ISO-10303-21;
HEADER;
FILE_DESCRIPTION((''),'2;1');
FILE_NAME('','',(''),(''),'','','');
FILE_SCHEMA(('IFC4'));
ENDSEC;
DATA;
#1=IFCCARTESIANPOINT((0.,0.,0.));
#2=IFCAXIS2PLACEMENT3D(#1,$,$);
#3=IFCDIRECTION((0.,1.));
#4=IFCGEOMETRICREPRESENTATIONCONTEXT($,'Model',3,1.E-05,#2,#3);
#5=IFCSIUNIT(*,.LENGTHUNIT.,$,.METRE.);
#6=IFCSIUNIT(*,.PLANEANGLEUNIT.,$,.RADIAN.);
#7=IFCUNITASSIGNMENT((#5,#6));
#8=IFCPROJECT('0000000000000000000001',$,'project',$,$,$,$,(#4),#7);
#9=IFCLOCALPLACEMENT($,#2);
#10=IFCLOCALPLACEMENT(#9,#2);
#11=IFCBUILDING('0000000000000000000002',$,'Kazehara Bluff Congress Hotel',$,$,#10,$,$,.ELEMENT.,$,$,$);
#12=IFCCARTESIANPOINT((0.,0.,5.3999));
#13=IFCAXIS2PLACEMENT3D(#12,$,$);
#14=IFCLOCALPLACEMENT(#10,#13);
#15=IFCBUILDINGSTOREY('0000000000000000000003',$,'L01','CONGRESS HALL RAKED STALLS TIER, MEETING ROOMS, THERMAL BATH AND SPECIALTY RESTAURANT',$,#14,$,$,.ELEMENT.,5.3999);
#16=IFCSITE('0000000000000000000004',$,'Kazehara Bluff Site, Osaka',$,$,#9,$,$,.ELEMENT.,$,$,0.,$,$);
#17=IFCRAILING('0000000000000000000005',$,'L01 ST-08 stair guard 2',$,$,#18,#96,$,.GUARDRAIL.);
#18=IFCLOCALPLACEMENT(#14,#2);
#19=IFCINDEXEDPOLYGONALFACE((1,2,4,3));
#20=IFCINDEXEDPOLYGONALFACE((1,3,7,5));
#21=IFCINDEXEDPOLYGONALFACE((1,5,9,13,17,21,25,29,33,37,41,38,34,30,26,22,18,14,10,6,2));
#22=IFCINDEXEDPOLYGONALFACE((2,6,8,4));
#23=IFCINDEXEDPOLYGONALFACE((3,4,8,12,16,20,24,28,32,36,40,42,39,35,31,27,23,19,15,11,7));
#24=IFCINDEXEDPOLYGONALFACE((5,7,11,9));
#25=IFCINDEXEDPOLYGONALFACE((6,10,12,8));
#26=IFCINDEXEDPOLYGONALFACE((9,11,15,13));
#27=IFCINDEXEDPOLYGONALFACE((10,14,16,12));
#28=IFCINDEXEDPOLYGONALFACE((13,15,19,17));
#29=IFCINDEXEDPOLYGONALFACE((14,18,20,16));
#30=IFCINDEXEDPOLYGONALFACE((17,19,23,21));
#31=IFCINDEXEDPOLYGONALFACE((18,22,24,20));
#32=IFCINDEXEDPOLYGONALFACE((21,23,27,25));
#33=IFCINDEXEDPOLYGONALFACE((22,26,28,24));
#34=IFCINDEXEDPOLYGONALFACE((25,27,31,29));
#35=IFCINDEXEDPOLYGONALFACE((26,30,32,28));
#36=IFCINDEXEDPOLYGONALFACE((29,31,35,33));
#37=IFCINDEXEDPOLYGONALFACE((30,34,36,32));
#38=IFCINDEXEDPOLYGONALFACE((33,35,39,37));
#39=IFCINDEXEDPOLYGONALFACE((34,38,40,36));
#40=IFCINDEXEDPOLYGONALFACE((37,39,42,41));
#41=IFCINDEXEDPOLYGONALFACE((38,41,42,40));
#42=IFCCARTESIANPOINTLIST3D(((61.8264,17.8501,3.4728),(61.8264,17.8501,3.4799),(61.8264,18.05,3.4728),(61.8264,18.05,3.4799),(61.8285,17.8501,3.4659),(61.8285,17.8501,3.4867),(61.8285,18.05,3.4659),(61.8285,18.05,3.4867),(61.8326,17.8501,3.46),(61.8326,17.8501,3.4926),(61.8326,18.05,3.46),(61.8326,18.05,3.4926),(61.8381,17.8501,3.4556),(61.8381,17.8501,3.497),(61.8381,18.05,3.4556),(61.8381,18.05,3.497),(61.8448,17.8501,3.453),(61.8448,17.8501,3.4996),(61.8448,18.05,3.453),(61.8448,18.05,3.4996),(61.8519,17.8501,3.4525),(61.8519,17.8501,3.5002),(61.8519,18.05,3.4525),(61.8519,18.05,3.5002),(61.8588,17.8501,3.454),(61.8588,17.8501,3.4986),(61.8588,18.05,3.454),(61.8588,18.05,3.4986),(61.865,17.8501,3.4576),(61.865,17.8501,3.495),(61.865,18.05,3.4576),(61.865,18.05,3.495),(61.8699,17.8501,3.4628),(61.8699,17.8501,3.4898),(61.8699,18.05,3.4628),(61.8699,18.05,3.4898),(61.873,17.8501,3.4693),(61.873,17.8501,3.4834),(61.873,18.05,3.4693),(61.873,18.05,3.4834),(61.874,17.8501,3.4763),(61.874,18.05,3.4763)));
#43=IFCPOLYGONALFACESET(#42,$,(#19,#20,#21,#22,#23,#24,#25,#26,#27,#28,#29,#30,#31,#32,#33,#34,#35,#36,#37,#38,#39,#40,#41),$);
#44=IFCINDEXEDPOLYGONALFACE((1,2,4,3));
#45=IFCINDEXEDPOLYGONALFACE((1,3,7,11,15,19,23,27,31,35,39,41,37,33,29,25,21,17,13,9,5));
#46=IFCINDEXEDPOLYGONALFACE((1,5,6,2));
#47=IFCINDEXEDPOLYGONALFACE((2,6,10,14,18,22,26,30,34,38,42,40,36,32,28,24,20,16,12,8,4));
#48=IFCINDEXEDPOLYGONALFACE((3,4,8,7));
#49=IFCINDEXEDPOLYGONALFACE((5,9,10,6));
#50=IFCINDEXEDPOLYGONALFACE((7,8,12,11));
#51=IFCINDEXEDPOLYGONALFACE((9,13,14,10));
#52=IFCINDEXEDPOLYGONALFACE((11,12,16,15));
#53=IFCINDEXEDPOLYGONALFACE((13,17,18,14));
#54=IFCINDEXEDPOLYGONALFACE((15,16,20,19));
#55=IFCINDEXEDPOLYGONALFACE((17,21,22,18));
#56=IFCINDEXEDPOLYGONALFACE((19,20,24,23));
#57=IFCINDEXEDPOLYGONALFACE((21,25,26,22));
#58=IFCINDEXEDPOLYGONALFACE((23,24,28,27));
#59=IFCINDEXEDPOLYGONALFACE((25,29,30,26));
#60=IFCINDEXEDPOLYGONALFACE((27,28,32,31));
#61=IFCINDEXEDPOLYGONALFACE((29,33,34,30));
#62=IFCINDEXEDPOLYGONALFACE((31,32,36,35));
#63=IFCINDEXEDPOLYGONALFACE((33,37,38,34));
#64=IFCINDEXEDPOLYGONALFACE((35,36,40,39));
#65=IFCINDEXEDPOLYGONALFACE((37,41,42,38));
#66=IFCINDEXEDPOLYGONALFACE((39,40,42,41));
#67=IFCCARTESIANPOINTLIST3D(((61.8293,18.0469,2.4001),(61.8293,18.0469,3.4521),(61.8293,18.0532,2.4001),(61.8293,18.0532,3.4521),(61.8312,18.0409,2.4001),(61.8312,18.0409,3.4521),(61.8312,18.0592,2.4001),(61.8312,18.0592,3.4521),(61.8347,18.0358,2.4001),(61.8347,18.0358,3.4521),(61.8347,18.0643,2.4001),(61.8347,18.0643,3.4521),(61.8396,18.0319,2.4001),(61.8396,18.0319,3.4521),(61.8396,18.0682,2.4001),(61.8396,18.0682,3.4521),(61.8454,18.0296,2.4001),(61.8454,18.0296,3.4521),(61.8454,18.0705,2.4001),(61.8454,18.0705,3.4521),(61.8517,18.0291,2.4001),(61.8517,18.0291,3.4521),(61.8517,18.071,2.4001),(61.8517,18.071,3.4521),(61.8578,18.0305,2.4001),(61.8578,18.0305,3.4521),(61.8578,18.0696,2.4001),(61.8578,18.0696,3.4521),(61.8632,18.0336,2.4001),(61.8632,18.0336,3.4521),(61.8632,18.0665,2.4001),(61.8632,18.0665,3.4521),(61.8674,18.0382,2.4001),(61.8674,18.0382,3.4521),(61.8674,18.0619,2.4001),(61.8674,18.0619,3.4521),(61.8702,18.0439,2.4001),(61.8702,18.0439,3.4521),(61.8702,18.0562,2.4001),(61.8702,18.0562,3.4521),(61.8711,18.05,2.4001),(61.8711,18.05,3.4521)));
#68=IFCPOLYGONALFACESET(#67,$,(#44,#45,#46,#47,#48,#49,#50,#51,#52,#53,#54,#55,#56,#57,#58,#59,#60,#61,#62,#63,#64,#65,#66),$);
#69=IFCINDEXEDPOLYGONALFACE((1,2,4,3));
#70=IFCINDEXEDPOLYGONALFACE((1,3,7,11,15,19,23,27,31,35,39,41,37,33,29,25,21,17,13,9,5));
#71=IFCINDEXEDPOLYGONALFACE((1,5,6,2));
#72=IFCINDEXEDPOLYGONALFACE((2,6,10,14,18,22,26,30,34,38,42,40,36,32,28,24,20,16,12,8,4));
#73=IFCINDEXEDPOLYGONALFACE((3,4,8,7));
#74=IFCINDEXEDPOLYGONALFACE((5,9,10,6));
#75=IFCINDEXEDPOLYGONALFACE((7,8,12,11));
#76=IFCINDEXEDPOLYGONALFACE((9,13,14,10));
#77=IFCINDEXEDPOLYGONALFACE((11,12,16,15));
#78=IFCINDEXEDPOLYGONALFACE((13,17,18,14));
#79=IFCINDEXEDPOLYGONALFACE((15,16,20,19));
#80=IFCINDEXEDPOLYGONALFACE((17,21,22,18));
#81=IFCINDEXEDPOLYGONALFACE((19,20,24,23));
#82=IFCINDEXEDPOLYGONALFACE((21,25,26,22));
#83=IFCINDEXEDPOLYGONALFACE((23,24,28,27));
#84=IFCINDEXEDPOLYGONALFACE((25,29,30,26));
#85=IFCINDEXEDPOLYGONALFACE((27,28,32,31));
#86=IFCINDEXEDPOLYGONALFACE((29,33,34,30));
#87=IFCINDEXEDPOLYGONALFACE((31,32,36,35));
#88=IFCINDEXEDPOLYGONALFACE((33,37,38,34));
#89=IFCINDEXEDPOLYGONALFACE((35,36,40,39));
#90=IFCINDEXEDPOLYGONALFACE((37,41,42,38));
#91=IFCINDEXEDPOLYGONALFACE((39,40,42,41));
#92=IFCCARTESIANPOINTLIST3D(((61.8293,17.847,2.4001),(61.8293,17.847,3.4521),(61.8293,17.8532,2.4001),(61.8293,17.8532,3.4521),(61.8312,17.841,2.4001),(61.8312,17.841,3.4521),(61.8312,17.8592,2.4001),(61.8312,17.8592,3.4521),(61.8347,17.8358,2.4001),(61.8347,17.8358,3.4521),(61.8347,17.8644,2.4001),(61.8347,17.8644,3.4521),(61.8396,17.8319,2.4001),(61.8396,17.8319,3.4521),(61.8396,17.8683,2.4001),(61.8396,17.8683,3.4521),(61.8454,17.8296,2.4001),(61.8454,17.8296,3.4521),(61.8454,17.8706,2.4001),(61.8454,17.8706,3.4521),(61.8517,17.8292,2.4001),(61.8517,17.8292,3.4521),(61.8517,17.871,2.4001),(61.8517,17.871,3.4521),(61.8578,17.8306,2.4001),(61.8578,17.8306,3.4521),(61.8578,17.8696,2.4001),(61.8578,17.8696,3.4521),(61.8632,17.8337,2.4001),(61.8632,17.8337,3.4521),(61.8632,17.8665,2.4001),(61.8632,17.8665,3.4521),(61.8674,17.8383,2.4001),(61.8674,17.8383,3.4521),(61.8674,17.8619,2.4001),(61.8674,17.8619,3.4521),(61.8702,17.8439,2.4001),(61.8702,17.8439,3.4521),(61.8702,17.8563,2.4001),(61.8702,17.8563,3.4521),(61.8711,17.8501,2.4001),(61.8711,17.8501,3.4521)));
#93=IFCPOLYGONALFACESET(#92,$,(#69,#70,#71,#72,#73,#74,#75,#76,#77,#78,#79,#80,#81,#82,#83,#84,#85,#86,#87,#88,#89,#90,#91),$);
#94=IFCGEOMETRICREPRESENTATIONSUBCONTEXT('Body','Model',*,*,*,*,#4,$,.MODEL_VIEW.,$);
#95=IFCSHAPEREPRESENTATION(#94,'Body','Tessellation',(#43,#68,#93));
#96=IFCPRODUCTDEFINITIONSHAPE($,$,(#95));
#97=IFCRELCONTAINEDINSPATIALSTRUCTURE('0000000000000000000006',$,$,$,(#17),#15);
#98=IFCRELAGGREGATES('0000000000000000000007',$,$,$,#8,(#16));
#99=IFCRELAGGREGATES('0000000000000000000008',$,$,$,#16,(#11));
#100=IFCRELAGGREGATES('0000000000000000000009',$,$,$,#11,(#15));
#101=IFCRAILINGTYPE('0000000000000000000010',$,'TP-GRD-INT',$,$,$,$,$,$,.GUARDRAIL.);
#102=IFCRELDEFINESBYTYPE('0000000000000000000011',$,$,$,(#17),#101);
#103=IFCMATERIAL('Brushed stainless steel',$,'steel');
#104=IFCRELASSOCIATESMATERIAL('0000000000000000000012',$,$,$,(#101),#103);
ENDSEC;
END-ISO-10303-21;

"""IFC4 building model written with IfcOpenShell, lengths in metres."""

from ifc_helpers import new_model, si_unit, direction, frame, origin, origin_2d, place, context, subcontext, project, spatial, circle, extrude, material, type_object, element, save


model = new_model("IFC4")

# Units and contexts
model_context = context("Model", 3, precision=1e-05, world=origin(), true_north=direction((0.0, 1.0)))
body_context = subcontext(model_context, "Body", "Model", "MODEL_VIEW")
ifc_project = project(units=[si_unit("LENGTHUNIT", "METRE"), si_unit("PLANEANGLEUNIT", "RADIAN")], contexts=[model_context])

# Site, building, storey
site_placement = place(None, origin())
site = spatial("IfcSite", under=ifc_project, at=site_placement, Name="Kazehara Bluff Site, Osaka", CompositionType="ELEMENT", RefElevation=0.0)
building_placement = place(site_placement, origin())
building = spatial("IfcBuilding", under=site, at=building_placement, Name="Kazehara Bluff Congress Hotel", CompositionType="ELEMENT")
storey_placement = place(building_placement, frame((0.0, 0.0, 5.3999)))
storey = spatial("IfcBuildingStorey", under=building, at=storey_placement, Name="L01", Description="CONGRESS HALL RAKED STALLS TIER, MEETING ROOMS, THERMAL BATH AND SPECIALTY RESTAURANT", CompositionType="ELEMENT", Elevation=5.3999)

# Railing
ifc_material_1 = material(Name="Brushed stainless steel", Category="steel")
railing_type_1 = type_object("IfcRailingType", Name="TP-GRD-INT", PredefinedType="GUARDRAIL", material=ifc_material_1)
railing_1_placement = place(storey_placement, frame((61.8501, 18.05, 2.4001)))
element("IfcRailing", 1, at=railing_1_placement, inside=storey, type_object=railing_type_1, Name="L01 ST-08 stair guard 2", PredefinedType="GUARDRAIL", context=body_context, shape_type="SweptSolid", body=[
    extrude(circle(Radius=0.0239, at=origin_2d()), frame((0.0, 0.0, 1.0762), z_axis=(0.0, -1.0, 0.0), x_axis=(1.0, 0.0, 0.0)), (0.0, 0.0, 1.0), 0.2),
    extrude(circle(Radius=0.021, at=origin_2d()), origin(), (0.0, 0.0, 1.0), 1.052),
    extrude(circle(Radius=0.021, at=origin_2d()), frame((0.0, -0.2, 0.0)), (0.0, 0.0, 1.0), 1.052),
])

save(model, "model.ifc")
